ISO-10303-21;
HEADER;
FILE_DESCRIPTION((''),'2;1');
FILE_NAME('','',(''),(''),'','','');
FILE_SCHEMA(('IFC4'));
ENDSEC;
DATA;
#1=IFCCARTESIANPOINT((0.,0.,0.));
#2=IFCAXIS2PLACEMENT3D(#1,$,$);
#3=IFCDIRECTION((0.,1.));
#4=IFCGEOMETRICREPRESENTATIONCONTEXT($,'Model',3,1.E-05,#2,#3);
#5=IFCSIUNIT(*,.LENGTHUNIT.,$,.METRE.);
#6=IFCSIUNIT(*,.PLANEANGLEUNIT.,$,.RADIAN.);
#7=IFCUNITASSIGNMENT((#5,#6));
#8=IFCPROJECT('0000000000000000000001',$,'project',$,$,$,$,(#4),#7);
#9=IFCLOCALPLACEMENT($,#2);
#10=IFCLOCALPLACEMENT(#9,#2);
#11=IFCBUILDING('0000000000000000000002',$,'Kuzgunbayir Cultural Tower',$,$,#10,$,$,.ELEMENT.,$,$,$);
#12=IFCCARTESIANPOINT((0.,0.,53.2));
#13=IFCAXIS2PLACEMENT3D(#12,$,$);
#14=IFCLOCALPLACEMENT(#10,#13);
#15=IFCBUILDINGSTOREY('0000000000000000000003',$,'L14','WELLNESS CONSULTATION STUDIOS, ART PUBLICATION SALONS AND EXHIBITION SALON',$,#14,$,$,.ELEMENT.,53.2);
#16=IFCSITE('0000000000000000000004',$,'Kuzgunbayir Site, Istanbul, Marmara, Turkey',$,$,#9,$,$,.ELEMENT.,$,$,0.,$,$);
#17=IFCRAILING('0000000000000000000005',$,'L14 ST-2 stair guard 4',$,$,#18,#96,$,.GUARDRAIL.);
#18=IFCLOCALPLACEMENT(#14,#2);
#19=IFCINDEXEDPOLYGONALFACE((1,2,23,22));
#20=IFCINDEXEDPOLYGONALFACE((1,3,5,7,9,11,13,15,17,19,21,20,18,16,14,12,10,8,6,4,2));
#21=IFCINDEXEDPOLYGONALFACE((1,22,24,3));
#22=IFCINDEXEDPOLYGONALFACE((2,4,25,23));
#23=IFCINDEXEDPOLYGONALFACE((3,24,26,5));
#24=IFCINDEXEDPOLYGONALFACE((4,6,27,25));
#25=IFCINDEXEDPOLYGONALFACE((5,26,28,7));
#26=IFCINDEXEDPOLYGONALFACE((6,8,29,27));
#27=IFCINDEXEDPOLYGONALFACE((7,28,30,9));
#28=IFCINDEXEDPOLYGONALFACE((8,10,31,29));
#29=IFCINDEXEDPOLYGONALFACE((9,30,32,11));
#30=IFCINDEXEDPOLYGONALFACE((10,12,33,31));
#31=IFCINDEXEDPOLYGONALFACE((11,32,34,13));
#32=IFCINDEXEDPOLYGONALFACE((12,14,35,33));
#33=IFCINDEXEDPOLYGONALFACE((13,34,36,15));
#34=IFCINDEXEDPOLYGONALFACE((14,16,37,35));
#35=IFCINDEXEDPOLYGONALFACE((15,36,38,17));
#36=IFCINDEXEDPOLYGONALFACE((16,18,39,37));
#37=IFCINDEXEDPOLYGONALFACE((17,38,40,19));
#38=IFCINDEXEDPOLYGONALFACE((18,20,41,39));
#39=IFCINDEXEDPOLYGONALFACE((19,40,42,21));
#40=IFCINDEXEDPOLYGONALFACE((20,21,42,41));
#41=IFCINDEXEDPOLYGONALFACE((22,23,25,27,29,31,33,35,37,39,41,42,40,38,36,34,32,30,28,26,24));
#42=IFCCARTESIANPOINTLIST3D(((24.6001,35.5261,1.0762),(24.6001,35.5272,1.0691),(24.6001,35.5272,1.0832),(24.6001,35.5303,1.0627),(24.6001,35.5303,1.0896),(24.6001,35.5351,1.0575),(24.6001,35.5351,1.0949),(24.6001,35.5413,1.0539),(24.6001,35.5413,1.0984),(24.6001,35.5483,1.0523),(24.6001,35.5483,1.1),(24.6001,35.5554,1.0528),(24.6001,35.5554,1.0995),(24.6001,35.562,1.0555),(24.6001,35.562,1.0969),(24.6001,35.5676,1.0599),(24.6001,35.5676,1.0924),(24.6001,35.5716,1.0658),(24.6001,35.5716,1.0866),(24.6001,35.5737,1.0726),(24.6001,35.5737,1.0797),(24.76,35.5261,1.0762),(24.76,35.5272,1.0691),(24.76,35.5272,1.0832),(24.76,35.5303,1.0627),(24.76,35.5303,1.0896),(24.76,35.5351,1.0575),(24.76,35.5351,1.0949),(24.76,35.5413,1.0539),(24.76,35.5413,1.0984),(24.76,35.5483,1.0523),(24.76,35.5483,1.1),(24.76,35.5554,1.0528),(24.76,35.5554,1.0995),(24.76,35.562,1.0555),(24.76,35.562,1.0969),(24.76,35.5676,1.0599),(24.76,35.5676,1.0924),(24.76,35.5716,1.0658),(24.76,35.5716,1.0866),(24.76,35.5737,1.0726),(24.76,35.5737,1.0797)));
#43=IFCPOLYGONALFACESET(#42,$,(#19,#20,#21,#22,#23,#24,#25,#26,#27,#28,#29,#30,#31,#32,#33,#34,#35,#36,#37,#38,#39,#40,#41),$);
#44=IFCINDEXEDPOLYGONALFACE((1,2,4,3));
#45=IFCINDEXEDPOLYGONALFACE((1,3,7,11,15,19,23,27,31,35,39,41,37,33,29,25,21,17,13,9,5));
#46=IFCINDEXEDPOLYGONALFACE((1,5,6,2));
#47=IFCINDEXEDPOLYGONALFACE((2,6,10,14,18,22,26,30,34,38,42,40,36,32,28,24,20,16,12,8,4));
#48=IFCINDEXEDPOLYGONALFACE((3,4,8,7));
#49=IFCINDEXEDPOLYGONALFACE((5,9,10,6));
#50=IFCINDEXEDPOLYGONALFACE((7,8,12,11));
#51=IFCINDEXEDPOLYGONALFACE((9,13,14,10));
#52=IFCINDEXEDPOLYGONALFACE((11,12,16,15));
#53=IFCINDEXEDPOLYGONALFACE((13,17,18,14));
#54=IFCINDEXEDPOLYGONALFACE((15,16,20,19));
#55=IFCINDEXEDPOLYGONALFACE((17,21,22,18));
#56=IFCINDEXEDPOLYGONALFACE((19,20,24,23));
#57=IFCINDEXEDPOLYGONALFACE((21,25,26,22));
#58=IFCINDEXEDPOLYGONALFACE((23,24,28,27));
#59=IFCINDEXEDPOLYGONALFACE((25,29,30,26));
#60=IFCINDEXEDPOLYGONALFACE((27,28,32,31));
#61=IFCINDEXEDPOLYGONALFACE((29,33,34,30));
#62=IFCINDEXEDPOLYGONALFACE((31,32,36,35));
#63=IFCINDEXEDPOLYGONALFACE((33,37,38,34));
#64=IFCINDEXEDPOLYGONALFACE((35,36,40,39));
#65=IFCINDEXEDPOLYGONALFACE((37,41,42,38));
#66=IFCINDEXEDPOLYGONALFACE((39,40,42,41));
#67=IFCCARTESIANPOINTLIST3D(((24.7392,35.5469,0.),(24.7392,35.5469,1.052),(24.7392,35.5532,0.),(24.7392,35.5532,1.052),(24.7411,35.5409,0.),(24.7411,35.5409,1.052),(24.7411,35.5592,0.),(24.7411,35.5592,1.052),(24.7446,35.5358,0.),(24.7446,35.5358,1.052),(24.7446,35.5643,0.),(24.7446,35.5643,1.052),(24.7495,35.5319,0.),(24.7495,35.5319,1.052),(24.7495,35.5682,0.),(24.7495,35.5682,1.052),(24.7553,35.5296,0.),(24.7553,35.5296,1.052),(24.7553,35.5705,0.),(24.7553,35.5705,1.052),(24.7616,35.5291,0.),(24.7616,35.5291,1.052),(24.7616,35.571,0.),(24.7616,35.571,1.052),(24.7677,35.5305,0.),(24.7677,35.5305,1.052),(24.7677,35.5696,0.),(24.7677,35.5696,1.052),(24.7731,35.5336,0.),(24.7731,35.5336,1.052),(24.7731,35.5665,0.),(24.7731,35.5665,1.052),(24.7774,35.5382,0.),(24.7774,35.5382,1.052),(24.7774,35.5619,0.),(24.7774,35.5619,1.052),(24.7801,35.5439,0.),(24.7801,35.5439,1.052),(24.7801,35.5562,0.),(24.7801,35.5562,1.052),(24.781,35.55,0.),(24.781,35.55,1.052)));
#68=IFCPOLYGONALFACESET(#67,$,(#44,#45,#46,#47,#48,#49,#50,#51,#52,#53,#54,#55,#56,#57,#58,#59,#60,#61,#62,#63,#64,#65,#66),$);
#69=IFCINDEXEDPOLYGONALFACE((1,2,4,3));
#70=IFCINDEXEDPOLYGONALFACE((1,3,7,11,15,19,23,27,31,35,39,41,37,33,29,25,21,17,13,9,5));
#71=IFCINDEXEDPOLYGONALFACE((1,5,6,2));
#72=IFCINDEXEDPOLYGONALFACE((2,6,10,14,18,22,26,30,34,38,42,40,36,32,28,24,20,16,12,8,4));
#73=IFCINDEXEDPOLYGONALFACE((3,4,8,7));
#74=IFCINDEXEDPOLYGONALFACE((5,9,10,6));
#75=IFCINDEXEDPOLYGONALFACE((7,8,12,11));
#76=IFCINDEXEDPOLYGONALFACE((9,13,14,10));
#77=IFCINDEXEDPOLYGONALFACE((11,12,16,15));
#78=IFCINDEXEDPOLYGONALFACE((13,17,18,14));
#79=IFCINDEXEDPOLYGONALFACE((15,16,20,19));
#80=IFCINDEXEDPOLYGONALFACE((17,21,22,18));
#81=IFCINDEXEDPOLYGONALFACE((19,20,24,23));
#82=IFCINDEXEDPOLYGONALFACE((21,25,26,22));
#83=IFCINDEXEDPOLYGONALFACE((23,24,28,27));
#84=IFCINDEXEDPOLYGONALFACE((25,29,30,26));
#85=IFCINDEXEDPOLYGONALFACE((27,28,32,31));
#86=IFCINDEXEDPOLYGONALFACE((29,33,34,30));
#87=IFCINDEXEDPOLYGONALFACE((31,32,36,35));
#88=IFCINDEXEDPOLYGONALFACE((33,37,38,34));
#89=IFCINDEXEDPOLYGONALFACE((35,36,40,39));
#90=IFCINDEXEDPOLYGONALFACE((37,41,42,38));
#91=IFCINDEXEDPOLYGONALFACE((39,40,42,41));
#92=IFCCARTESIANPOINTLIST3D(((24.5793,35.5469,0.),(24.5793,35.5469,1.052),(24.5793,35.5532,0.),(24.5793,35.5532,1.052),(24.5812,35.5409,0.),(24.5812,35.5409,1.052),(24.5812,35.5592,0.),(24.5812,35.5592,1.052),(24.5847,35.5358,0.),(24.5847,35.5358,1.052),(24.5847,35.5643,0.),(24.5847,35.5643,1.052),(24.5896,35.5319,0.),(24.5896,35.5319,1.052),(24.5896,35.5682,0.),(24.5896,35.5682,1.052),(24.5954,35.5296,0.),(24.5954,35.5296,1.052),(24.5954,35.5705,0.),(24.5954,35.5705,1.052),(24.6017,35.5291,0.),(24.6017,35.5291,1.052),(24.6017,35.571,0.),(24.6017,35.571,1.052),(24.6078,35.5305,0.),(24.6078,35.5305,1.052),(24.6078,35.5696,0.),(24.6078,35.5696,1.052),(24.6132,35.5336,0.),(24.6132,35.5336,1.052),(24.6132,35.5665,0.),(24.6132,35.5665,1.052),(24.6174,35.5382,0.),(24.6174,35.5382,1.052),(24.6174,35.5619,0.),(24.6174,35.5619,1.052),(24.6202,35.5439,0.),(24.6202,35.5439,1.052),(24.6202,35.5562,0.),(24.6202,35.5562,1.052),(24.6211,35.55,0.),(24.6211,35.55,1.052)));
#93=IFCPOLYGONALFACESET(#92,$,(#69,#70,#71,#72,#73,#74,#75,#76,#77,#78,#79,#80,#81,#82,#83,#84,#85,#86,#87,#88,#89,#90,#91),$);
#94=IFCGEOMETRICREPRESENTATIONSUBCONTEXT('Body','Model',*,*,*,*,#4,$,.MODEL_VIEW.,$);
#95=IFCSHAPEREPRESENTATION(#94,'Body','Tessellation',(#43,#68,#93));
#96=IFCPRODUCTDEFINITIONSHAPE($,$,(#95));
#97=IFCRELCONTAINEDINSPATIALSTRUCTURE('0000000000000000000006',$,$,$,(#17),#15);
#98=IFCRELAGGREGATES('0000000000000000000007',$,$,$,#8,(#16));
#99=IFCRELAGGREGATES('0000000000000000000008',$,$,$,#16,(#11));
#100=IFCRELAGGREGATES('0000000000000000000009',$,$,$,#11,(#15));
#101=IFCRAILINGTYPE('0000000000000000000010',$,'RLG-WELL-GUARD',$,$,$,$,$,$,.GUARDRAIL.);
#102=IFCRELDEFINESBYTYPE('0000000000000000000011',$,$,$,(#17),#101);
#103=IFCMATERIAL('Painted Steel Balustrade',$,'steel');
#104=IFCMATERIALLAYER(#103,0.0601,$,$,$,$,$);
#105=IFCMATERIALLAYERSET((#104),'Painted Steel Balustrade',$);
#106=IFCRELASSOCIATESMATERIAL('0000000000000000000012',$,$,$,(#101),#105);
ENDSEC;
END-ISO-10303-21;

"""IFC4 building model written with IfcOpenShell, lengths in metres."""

from ifc_helpers import new_model, si_unit, direction, frame, origin, origin_2d, place, context, subcontext, project, spatial, circle, extrude, material, layer, layer_set, type_object, element, save


model = new_model("IFC4")

# Units and contexts
model_context = context("Model", 3, precision=1e-05, world=origin(), true_north=direction((0.0, 1.0)))
body_context = subcontext(model_context, "Body", "Model", "MODEL_VIEW")
ifc_project = project(units=[si_unit("LENGTHUNIT", "METRE"), si_unit("PLANEANGLEUNIT", "RADIAN")], contexts=[model_context])

# Site, building, storey
site_placement = place(None, origin())
site = spatial("IfcSite", under=ifc_project, at=site_placement, Name="Kuzgunbayir Site, Istanbul, Marmara, Turkey", CompositionType="ELEMENT", RefElevation=0.0)
building_placement = place(site_placement, origin())
building = spatial("IfcBuilding", under=site, at=building_placement, Name="Kuzgunbayir Cultural Tower", CompositionType="ELEMENT")
storey_placement = place(building_placement, frame((0.0, 0.0, 53.2)))
storey = spatial("IfcBuildingStorey", under=building, at=storey_placement, Name="L14", Description="WELLNESS CONSULTATION STUDIOS, ART PUBLICATION SALONS AND EXHIBITION SALON", CompositionType="ELEMENT", Elevation=53.2)

# Railing
ifc_material_1 = material(Name="Painted Steel Balustrade", Category="steel")
ifc_layer_1 = layer(ifc_material_1, 0.0601)
ifc_layer_set_1 = layer_set([ifc_layer_1], Name="Painted Steel Balustrade")
railing_type_1 = type_object("IfcRailingType", Name="RLG-WELL-GUARD", PredefinedType="GUARDRAIL", material=ifc_layer_set_1)
railing_1_placement = place(storey_placement, frame((24.76, 35.55, 0.0)))
element("IfcRailing", 1, at=railing_1_placement, inside=storey, type_object=railing_type_1, Name="L14 ST-2 stair guard 4", PredefinedType="GUARDRAIL", context=body_context, shape_type="SweptSolid", body=[
    extrude(circle(Radius=0.0239, at=origin_2d()), frame((0.0, 0.0, 1.0762), z_axis=(-1.0, 0.0, 0.0), x_axis=(0.0, -1.0, 0.0)), (0.0, 0.0, 1.0), 0.1599),
    extrude(circle(Radius=0.021, at=origin_2d()), origin(), (0.0, 0.0, 1.0), 1.052),
    extrude(circle(Radius=0.021, at=origin_2d()), frame((-0.1599, 0.0, 0.0)), (0.0, 0.0, 1.0), 1.052),
])

save(model, "model.ifc")
